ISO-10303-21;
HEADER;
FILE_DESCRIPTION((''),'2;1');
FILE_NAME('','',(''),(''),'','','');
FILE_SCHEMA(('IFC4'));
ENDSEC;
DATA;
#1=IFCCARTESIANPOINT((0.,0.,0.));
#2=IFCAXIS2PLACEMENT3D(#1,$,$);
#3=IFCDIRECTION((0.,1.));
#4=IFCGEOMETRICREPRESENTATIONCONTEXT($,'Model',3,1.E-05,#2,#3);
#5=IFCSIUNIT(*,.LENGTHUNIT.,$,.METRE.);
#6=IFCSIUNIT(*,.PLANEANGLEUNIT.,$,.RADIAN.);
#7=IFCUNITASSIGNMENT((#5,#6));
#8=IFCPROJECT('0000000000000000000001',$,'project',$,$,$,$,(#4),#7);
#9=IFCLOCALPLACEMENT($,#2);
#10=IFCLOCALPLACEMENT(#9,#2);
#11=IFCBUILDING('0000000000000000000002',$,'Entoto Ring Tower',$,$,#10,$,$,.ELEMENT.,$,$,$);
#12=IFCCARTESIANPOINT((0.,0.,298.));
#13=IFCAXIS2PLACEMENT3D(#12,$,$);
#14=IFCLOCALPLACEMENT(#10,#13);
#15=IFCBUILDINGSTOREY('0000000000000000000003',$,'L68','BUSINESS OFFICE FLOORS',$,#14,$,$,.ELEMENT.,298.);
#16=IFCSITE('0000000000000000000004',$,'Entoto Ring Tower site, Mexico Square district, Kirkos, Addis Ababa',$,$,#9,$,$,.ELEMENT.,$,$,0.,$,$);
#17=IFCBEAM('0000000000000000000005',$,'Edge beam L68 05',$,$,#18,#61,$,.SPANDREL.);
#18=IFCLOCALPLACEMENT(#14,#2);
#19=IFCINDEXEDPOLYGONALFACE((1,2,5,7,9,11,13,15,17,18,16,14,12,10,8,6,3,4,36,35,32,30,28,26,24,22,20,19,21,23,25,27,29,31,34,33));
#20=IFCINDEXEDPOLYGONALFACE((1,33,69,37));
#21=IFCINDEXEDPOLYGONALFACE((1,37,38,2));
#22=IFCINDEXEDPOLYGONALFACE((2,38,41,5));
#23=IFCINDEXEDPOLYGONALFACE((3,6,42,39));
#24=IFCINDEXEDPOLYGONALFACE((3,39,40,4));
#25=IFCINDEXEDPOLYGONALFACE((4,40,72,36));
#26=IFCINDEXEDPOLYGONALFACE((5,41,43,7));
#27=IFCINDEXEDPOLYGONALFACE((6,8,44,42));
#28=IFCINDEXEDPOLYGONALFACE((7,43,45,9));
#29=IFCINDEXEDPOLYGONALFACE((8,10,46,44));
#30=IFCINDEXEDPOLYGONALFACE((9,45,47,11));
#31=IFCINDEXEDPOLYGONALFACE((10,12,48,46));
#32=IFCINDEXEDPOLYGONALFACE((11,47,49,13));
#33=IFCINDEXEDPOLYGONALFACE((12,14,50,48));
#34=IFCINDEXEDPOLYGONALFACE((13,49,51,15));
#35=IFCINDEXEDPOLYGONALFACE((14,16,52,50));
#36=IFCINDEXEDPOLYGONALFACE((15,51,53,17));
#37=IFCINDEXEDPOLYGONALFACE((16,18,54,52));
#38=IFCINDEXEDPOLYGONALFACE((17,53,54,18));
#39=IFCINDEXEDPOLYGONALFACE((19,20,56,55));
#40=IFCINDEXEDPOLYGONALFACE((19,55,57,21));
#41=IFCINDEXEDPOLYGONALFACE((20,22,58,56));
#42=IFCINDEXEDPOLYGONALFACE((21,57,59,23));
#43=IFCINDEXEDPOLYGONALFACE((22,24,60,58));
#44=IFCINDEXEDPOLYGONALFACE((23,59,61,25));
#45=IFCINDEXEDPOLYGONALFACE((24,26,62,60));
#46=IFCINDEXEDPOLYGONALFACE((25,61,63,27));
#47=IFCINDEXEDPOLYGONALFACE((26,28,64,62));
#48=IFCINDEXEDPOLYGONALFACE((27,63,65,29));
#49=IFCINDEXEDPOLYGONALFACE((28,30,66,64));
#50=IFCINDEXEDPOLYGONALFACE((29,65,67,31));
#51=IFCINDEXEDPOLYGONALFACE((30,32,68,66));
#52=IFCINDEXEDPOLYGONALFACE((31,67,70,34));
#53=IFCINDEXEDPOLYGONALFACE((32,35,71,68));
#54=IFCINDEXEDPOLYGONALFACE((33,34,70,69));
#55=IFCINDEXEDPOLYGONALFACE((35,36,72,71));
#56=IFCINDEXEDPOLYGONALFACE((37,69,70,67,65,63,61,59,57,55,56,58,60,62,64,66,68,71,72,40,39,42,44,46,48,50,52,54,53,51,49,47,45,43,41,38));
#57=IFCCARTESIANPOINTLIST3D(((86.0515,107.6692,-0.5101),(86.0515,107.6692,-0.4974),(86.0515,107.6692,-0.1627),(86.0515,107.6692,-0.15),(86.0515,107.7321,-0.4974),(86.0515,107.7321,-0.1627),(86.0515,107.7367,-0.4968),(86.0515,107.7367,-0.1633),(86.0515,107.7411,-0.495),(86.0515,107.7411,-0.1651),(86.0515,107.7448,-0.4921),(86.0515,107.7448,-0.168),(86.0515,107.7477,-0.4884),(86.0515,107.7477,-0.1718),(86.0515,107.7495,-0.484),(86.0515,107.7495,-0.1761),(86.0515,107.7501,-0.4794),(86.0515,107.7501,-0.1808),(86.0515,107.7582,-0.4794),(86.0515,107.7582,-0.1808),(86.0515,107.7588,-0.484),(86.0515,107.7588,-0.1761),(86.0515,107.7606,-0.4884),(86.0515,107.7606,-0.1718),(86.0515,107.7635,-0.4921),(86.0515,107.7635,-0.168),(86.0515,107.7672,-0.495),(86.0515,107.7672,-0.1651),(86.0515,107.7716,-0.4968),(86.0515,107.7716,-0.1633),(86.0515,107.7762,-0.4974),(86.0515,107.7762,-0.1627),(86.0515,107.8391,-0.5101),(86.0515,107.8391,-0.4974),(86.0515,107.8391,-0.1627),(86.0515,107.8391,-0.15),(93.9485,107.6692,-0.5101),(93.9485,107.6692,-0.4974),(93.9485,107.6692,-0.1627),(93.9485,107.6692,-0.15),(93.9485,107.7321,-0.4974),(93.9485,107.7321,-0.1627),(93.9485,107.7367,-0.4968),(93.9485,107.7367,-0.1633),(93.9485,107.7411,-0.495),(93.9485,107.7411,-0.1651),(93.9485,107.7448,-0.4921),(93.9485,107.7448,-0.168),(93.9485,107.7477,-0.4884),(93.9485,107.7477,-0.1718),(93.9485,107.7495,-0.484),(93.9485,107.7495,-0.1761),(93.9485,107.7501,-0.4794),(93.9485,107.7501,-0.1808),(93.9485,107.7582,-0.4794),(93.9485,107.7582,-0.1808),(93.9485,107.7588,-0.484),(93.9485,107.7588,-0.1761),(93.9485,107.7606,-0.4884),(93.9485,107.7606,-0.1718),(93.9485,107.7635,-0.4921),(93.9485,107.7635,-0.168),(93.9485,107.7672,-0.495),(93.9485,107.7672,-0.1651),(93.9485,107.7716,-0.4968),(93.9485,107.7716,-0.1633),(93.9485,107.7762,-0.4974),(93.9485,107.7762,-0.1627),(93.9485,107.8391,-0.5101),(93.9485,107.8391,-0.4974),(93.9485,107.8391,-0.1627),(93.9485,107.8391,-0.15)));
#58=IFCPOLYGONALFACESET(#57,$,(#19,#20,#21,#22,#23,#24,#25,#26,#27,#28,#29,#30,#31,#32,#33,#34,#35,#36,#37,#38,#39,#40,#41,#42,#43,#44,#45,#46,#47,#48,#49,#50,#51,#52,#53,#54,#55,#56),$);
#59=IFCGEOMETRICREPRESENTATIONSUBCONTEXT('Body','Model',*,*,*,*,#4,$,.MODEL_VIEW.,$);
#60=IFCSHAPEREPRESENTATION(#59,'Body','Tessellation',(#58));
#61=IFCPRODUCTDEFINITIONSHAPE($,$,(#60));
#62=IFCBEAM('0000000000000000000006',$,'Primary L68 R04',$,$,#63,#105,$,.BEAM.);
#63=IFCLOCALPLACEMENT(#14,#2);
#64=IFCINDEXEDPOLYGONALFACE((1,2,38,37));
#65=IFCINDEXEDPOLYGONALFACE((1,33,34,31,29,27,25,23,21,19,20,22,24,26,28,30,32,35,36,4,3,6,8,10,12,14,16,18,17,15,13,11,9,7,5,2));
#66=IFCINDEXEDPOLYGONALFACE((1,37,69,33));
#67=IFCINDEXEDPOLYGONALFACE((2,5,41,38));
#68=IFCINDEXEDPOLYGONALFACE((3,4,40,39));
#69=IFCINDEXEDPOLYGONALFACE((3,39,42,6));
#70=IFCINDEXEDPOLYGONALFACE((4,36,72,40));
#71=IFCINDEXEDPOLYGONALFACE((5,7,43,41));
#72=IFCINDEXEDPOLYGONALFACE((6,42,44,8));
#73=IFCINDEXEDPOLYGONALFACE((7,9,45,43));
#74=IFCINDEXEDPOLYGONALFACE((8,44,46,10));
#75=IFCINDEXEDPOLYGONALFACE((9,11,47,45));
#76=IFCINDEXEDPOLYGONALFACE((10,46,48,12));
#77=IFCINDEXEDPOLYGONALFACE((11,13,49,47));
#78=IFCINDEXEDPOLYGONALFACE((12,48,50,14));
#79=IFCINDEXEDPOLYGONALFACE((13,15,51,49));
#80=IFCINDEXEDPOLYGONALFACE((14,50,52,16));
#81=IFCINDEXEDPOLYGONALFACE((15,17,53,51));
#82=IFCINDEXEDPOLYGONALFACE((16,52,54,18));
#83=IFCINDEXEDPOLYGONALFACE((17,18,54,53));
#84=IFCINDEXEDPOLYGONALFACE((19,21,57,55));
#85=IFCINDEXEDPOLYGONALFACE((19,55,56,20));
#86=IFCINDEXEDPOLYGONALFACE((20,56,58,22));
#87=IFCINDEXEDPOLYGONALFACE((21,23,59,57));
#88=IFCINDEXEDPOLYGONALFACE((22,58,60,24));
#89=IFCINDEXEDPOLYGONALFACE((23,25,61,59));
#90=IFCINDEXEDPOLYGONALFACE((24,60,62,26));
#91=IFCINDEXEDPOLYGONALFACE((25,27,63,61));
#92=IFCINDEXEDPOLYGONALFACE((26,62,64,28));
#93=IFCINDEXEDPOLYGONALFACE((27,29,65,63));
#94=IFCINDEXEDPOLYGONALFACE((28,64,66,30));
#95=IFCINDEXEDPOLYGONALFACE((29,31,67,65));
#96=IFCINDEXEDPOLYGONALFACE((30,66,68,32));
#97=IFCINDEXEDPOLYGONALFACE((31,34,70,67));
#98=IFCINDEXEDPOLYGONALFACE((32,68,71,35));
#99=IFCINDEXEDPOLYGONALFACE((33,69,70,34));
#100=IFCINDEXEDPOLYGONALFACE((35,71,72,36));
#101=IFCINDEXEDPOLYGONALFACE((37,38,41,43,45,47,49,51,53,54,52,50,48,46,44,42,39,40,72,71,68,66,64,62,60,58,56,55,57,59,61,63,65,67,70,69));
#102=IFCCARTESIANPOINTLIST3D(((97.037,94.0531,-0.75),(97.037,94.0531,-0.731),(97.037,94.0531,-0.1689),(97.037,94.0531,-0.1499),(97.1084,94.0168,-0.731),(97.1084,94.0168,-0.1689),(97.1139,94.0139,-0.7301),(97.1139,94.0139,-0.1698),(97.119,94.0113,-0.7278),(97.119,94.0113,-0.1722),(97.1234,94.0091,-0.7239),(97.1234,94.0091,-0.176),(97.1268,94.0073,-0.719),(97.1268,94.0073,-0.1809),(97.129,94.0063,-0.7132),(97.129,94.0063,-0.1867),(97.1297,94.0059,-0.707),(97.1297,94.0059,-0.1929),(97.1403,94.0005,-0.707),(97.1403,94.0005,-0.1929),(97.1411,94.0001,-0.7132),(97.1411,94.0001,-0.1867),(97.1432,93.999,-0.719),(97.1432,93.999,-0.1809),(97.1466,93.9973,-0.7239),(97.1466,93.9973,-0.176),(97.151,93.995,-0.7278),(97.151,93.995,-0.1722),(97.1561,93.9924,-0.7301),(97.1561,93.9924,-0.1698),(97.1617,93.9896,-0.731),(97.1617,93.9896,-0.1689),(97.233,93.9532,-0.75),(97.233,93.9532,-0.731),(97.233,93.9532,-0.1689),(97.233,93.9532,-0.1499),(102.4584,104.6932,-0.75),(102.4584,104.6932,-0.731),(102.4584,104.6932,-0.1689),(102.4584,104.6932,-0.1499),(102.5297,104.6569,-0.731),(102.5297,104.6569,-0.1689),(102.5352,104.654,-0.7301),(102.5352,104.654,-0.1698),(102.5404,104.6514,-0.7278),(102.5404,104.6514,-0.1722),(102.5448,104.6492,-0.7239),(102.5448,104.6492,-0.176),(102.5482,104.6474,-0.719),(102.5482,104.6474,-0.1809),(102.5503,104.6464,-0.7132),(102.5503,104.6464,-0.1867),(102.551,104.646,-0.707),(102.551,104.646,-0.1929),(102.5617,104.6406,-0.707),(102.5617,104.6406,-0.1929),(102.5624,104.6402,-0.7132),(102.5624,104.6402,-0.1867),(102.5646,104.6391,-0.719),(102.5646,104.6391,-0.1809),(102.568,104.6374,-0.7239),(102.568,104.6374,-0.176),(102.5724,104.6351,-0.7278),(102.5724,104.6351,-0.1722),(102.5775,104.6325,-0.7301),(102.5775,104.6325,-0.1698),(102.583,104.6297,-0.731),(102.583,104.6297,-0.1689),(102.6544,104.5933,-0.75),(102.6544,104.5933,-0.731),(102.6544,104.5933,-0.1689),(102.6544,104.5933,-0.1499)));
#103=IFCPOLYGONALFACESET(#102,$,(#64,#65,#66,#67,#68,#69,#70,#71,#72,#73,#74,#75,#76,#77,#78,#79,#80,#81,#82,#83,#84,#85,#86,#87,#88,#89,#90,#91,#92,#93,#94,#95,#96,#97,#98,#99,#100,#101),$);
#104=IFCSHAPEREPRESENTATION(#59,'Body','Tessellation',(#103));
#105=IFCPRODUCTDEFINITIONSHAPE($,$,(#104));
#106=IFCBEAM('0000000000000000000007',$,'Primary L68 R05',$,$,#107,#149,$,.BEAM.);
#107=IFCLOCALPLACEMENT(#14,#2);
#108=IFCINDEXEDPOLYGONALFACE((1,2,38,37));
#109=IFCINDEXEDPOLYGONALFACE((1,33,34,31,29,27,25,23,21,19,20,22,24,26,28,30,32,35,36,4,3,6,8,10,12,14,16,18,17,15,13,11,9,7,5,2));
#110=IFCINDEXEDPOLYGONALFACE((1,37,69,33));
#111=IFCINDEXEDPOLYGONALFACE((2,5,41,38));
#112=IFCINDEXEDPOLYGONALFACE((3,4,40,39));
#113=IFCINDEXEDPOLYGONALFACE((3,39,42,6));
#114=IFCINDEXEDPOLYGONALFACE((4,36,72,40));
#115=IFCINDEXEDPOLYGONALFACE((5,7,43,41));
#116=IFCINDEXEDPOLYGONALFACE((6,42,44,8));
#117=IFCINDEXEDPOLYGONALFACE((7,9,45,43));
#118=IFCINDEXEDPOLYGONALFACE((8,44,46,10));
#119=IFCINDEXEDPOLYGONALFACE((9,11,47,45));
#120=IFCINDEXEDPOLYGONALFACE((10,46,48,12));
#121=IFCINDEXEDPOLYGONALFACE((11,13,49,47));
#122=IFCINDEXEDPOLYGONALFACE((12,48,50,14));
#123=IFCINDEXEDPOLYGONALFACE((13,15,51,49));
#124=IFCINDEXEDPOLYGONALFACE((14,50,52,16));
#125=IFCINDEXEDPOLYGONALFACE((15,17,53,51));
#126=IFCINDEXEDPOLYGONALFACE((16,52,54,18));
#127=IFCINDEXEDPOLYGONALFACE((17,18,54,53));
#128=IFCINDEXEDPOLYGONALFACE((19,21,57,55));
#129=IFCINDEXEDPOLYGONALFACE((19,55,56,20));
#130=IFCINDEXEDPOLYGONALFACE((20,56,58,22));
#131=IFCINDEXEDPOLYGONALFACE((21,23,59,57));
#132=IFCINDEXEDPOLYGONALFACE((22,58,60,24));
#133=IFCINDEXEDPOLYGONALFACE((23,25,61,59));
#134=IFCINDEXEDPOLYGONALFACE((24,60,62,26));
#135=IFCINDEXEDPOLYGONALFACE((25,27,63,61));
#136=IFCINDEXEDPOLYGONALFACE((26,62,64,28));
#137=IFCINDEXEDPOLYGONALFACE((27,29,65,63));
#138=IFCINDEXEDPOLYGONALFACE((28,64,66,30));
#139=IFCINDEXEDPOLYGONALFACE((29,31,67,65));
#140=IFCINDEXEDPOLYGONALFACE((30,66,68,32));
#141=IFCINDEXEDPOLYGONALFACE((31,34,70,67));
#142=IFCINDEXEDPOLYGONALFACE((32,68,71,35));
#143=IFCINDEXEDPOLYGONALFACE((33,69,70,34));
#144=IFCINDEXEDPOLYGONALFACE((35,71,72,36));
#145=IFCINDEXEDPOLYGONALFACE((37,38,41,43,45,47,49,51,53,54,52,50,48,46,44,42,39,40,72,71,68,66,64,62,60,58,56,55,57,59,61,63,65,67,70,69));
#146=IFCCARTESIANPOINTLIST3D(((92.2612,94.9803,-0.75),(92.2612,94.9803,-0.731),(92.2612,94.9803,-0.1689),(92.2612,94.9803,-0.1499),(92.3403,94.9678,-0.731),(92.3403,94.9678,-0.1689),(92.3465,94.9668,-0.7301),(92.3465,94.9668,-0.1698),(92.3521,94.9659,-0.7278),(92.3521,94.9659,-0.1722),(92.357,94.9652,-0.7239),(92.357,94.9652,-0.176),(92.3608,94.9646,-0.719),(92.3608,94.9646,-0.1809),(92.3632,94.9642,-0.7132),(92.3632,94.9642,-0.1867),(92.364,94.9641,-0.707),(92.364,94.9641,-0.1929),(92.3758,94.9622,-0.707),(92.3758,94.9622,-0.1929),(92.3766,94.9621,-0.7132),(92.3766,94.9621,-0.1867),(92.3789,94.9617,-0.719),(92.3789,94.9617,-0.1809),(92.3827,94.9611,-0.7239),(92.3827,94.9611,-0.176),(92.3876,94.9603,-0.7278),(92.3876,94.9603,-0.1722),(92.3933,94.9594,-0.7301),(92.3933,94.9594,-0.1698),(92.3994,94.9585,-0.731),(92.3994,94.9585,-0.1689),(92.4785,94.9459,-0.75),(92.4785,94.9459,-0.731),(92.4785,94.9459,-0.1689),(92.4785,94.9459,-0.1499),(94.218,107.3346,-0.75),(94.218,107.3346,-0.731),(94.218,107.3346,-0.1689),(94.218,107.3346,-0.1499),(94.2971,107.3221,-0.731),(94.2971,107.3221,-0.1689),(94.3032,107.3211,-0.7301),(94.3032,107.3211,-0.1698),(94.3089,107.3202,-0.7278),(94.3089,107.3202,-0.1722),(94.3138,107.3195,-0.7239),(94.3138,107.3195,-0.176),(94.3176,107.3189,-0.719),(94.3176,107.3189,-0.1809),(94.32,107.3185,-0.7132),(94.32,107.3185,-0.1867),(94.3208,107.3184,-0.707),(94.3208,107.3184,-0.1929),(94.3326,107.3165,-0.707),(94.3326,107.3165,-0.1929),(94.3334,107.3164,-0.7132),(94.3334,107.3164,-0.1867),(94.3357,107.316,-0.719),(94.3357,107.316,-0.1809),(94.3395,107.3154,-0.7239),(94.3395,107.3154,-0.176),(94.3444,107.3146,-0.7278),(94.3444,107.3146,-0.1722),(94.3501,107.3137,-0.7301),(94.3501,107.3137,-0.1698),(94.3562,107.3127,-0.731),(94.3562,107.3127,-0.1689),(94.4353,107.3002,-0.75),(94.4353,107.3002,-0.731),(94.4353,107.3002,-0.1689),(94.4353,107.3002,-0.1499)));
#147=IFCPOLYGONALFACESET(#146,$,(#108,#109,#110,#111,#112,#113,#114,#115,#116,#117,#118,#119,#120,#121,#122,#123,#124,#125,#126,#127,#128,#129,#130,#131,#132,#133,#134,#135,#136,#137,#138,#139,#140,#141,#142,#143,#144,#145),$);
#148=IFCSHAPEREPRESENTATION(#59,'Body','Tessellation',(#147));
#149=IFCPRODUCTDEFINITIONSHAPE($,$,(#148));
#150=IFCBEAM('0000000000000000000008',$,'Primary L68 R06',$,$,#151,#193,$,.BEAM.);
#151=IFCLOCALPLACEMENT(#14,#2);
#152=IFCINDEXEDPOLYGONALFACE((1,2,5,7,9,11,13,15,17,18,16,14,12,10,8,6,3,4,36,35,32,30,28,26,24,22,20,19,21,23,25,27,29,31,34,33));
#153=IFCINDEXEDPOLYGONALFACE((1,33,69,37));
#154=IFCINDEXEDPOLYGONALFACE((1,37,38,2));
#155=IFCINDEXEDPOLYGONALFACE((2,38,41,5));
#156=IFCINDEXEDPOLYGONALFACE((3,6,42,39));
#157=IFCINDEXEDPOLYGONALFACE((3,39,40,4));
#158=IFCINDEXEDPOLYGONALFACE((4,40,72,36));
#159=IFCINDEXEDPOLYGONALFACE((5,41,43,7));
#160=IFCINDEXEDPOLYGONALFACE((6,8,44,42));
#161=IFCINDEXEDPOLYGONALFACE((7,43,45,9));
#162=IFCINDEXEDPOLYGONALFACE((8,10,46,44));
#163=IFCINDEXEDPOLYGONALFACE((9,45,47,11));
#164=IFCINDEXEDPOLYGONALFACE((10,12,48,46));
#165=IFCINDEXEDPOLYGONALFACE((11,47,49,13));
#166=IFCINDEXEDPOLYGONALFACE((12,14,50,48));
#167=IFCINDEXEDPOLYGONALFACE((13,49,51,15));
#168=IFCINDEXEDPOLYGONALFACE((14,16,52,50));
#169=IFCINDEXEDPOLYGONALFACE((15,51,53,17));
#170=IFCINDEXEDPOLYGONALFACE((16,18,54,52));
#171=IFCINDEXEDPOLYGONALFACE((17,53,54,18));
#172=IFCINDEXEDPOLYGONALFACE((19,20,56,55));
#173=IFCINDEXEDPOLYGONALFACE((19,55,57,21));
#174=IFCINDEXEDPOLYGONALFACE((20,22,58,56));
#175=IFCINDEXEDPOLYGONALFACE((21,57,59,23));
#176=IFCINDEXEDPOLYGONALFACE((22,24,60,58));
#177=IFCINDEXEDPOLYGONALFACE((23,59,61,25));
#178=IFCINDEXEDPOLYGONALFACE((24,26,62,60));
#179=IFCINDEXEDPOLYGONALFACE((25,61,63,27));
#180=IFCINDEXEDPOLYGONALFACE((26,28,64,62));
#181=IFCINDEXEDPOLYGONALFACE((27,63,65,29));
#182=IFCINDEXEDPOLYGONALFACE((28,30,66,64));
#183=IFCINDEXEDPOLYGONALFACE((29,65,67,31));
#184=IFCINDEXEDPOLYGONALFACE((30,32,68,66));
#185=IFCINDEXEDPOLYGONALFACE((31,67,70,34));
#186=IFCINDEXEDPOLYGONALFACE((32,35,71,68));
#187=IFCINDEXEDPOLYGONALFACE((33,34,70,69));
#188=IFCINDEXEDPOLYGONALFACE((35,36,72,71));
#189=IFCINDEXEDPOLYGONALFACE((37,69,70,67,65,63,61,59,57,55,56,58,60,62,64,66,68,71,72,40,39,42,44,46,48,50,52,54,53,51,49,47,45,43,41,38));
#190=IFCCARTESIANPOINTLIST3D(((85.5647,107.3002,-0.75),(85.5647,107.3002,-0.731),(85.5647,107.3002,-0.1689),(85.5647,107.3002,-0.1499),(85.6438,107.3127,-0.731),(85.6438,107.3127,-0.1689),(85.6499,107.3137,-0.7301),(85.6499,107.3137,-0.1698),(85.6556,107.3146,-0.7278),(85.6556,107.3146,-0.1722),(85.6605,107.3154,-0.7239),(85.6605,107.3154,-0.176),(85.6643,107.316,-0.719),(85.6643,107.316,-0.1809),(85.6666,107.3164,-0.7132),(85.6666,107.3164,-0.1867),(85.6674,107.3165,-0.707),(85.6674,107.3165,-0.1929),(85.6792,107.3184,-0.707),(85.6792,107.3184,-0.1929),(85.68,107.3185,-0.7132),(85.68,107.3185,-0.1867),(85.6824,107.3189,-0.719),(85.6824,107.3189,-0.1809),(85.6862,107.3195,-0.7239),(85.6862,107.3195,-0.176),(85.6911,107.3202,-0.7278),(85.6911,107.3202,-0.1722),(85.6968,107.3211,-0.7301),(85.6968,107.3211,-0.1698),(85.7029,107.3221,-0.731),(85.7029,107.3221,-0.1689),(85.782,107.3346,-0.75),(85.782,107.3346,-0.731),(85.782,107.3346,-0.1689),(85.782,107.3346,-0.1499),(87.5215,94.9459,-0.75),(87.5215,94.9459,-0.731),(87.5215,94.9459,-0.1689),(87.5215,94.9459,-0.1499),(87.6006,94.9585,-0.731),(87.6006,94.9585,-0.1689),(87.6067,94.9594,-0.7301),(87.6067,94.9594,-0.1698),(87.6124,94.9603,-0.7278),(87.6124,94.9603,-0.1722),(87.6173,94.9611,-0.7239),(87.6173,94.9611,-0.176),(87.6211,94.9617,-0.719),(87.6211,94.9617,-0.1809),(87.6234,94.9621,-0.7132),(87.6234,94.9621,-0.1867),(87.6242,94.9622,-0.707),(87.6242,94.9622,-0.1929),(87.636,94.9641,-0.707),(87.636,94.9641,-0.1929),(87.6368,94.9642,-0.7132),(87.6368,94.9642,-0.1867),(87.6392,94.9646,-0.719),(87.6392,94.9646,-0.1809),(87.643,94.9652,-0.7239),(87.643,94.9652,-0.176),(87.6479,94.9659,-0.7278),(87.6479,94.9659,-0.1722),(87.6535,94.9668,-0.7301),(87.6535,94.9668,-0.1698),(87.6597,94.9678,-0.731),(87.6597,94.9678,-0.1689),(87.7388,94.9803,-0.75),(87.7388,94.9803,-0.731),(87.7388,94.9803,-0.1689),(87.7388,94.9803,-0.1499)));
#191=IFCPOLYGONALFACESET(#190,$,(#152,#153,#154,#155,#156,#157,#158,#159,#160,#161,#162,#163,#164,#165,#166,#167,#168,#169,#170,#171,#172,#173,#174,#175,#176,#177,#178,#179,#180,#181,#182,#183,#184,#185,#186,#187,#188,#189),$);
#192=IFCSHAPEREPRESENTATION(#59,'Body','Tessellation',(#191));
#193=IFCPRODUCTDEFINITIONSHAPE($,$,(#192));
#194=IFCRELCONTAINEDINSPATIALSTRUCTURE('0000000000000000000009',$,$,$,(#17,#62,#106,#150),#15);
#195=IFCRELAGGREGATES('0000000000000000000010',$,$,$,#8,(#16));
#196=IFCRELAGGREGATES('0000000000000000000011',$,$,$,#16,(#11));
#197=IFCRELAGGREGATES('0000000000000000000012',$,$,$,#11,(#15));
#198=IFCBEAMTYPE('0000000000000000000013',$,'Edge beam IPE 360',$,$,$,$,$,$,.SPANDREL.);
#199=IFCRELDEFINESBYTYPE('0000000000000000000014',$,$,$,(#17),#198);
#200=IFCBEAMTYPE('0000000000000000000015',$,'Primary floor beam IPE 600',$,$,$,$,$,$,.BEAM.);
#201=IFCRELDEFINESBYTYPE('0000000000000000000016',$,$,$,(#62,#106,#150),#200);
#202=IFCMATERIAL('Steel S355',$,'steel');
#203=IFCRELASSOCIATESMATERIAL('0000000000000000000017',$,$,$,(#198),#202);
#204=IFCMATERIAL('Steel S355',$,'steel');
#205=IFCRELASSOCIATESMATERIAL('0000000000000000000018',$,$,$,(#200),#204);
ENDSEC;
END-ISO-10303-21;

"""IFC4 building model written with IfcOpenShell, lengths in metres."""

from ifc_helpers import new_model, si_unit, direction, frame, origin, origin_2d, place, context, subcontext, project, spatial, i_section, extrude, material, material_profile, profile_set, type_object, element, save


model = new_model("IFC4")

# Units and contexts
model_context = context("Model", 3, precision=1e-05, world=origin(), true_north=direction((0.0, 1.0)))
body_context = subcontext(model_context, "Body", "Model", "MODEL_VIEW")
ifc_project = project(units=[si_unit("LENGTHUNIT", "METRE"), si_unit("PLANEANGLEUNIT", "RADIAN")], contexts=[model_context])

# Site, building, storey
site_placement = place(None, origin())
site = spatial("IfcSite", under=ifc_project, at=site_placement, Name="Entoto Ring Tower site, Mexico Square district, Kirkos, Addis Ababa", CompositionType="ELEMENT", RefElevation=0.0)
building_placement = place(site_placement, origin())
building = spatial("IfcBuilding", under=site, at=building_placement, Name="Entoto Ring Tower", CompositionType="ELEMENT")
storey_placement = place(building_placement, frame((0.0, 0.0, 298.0)))
storey = spatial("IfcBuildingStorey", under=building, at=storey_placement, Name="L68", Description="BUSINESS OFFICE FLOORS", CompositionType="ELEMENT", Elevation=298.0)

# Beams
ifc_material_1 = material(Name="Steel S355", Category="steel")
ifc_material_profile_1 = material_profile(ifc_material_1, i_section(OverallWidth=0.1699, OverallDepth=0.3601, WebThickness=0.0081, FlangeThickness=0.0127, FilletRadius=0.0181, at=origin_2d()), Name="IPE 360")
ifc_profile_set_1 = profile_set([ifc_material_profile_1], Name="Steel S355")
beam_type_1 = type_object("IfcBeamType", Name="Edge beam IPE 360", PredefinedType="SPANDREL", material=ifc_profile_set_1)
beam_1_placement = place(storey_placement, frame((93.9485, 107.7542, -0.3301), z_axis=(-1.0, 0.0, 0.0), x_axis=(0.0, -1.0, 0.0)))
element("IfcBeam", 1, at=beam_1_placement, inside=storey, type_object=beam_type_1, Name="Edge beam L68 05", PredefinedType="SPANDREL", context=body_context, shape_type="SweptSolid", body=[
    extrude(i_section(OverallWidth=0.1699, OverallDepth=0.3601, WebThickness=0.0081, FlangeThickness=0.0127, FilletRadius=0.0181, at=origin_2d()), origin(), (0.0, 0.0, 1.0), 7.897),
])
ifc_material_2 = material(Name="Steel S355", Category="steel")
ifc_material_profile_2 = material_profile(ifc_material_2, i_section(OverallWidth=0.22, OverallDepth=0.6001, WebThickness=0.012, FlangeThickness=0.019, FilletRadius=0.0239, at=origin_2d()), Name="IPE 600")
ifc_profile_set_2 = profile_set([ifc_material_profile_2], Name="Steel S355")
beam_type_2 = type_object("IfcBeamType", Name="Primary floor beam IPE 600", PredefinedType="BEAM", material=ifc_profile_set_2)
beam_2_placement = place(storey_placement, frame((97.135, 94.0032, -0.45), z_axis=(0.453988, 0.891008, 0.0), x_axis=(-0.891008, 0.453988, 0.0)))
element("IfcBeam", 2, at=beam_2_placement, inside=storey, type_object=beam_type_2, Name="Primary L68 R04", PredefinedType="BEAM", context=body_context, shape_type="SweptSolid", body=[
    extrude(i_section(OverallWidth=0.22, OverallDepth=0.6001, WebThickness=0.012, FlangeThickness=0.019, FilletRadius=0.0239, at=origin_2d()), origin(), (0.0, 0.0, 1.0), 11.9417),
])
for number, where, z_axis, x_axis, name in (
    (3, (92.3699, 94.9631, -0.45), (0.15644, 0.987688, 0.0), (-0.987688, 0.15644, 0.0), "Primary L68 R05"),
    (4, (87.6301, 94.9631, -0.45), (-0.15644, 0.987688, 0.0), (-0.987688, -0.15644, 0.0), "Primary L68 R06"),
):
    element("IfcBeam", number, at=place(storey_placement, frame(where, z_axis=z_axis, x_axis=x_axis)), inside=storey, type_object=beam_type_2, Name=name, PredefinedType="BEAM", context=body_context, shape_type="SweptSolid", body=[
        extrude(i_section(OverallWidth=0.22, OverallDepth=0.6001, WebThickness=0.012, FlangeThickness=0.019, FilletRadius=0.0239, at=origin_2d()), origin(), (0.0, 0.0, 1.0), 12.5083),
    ])

save(model, "model.ifc")
